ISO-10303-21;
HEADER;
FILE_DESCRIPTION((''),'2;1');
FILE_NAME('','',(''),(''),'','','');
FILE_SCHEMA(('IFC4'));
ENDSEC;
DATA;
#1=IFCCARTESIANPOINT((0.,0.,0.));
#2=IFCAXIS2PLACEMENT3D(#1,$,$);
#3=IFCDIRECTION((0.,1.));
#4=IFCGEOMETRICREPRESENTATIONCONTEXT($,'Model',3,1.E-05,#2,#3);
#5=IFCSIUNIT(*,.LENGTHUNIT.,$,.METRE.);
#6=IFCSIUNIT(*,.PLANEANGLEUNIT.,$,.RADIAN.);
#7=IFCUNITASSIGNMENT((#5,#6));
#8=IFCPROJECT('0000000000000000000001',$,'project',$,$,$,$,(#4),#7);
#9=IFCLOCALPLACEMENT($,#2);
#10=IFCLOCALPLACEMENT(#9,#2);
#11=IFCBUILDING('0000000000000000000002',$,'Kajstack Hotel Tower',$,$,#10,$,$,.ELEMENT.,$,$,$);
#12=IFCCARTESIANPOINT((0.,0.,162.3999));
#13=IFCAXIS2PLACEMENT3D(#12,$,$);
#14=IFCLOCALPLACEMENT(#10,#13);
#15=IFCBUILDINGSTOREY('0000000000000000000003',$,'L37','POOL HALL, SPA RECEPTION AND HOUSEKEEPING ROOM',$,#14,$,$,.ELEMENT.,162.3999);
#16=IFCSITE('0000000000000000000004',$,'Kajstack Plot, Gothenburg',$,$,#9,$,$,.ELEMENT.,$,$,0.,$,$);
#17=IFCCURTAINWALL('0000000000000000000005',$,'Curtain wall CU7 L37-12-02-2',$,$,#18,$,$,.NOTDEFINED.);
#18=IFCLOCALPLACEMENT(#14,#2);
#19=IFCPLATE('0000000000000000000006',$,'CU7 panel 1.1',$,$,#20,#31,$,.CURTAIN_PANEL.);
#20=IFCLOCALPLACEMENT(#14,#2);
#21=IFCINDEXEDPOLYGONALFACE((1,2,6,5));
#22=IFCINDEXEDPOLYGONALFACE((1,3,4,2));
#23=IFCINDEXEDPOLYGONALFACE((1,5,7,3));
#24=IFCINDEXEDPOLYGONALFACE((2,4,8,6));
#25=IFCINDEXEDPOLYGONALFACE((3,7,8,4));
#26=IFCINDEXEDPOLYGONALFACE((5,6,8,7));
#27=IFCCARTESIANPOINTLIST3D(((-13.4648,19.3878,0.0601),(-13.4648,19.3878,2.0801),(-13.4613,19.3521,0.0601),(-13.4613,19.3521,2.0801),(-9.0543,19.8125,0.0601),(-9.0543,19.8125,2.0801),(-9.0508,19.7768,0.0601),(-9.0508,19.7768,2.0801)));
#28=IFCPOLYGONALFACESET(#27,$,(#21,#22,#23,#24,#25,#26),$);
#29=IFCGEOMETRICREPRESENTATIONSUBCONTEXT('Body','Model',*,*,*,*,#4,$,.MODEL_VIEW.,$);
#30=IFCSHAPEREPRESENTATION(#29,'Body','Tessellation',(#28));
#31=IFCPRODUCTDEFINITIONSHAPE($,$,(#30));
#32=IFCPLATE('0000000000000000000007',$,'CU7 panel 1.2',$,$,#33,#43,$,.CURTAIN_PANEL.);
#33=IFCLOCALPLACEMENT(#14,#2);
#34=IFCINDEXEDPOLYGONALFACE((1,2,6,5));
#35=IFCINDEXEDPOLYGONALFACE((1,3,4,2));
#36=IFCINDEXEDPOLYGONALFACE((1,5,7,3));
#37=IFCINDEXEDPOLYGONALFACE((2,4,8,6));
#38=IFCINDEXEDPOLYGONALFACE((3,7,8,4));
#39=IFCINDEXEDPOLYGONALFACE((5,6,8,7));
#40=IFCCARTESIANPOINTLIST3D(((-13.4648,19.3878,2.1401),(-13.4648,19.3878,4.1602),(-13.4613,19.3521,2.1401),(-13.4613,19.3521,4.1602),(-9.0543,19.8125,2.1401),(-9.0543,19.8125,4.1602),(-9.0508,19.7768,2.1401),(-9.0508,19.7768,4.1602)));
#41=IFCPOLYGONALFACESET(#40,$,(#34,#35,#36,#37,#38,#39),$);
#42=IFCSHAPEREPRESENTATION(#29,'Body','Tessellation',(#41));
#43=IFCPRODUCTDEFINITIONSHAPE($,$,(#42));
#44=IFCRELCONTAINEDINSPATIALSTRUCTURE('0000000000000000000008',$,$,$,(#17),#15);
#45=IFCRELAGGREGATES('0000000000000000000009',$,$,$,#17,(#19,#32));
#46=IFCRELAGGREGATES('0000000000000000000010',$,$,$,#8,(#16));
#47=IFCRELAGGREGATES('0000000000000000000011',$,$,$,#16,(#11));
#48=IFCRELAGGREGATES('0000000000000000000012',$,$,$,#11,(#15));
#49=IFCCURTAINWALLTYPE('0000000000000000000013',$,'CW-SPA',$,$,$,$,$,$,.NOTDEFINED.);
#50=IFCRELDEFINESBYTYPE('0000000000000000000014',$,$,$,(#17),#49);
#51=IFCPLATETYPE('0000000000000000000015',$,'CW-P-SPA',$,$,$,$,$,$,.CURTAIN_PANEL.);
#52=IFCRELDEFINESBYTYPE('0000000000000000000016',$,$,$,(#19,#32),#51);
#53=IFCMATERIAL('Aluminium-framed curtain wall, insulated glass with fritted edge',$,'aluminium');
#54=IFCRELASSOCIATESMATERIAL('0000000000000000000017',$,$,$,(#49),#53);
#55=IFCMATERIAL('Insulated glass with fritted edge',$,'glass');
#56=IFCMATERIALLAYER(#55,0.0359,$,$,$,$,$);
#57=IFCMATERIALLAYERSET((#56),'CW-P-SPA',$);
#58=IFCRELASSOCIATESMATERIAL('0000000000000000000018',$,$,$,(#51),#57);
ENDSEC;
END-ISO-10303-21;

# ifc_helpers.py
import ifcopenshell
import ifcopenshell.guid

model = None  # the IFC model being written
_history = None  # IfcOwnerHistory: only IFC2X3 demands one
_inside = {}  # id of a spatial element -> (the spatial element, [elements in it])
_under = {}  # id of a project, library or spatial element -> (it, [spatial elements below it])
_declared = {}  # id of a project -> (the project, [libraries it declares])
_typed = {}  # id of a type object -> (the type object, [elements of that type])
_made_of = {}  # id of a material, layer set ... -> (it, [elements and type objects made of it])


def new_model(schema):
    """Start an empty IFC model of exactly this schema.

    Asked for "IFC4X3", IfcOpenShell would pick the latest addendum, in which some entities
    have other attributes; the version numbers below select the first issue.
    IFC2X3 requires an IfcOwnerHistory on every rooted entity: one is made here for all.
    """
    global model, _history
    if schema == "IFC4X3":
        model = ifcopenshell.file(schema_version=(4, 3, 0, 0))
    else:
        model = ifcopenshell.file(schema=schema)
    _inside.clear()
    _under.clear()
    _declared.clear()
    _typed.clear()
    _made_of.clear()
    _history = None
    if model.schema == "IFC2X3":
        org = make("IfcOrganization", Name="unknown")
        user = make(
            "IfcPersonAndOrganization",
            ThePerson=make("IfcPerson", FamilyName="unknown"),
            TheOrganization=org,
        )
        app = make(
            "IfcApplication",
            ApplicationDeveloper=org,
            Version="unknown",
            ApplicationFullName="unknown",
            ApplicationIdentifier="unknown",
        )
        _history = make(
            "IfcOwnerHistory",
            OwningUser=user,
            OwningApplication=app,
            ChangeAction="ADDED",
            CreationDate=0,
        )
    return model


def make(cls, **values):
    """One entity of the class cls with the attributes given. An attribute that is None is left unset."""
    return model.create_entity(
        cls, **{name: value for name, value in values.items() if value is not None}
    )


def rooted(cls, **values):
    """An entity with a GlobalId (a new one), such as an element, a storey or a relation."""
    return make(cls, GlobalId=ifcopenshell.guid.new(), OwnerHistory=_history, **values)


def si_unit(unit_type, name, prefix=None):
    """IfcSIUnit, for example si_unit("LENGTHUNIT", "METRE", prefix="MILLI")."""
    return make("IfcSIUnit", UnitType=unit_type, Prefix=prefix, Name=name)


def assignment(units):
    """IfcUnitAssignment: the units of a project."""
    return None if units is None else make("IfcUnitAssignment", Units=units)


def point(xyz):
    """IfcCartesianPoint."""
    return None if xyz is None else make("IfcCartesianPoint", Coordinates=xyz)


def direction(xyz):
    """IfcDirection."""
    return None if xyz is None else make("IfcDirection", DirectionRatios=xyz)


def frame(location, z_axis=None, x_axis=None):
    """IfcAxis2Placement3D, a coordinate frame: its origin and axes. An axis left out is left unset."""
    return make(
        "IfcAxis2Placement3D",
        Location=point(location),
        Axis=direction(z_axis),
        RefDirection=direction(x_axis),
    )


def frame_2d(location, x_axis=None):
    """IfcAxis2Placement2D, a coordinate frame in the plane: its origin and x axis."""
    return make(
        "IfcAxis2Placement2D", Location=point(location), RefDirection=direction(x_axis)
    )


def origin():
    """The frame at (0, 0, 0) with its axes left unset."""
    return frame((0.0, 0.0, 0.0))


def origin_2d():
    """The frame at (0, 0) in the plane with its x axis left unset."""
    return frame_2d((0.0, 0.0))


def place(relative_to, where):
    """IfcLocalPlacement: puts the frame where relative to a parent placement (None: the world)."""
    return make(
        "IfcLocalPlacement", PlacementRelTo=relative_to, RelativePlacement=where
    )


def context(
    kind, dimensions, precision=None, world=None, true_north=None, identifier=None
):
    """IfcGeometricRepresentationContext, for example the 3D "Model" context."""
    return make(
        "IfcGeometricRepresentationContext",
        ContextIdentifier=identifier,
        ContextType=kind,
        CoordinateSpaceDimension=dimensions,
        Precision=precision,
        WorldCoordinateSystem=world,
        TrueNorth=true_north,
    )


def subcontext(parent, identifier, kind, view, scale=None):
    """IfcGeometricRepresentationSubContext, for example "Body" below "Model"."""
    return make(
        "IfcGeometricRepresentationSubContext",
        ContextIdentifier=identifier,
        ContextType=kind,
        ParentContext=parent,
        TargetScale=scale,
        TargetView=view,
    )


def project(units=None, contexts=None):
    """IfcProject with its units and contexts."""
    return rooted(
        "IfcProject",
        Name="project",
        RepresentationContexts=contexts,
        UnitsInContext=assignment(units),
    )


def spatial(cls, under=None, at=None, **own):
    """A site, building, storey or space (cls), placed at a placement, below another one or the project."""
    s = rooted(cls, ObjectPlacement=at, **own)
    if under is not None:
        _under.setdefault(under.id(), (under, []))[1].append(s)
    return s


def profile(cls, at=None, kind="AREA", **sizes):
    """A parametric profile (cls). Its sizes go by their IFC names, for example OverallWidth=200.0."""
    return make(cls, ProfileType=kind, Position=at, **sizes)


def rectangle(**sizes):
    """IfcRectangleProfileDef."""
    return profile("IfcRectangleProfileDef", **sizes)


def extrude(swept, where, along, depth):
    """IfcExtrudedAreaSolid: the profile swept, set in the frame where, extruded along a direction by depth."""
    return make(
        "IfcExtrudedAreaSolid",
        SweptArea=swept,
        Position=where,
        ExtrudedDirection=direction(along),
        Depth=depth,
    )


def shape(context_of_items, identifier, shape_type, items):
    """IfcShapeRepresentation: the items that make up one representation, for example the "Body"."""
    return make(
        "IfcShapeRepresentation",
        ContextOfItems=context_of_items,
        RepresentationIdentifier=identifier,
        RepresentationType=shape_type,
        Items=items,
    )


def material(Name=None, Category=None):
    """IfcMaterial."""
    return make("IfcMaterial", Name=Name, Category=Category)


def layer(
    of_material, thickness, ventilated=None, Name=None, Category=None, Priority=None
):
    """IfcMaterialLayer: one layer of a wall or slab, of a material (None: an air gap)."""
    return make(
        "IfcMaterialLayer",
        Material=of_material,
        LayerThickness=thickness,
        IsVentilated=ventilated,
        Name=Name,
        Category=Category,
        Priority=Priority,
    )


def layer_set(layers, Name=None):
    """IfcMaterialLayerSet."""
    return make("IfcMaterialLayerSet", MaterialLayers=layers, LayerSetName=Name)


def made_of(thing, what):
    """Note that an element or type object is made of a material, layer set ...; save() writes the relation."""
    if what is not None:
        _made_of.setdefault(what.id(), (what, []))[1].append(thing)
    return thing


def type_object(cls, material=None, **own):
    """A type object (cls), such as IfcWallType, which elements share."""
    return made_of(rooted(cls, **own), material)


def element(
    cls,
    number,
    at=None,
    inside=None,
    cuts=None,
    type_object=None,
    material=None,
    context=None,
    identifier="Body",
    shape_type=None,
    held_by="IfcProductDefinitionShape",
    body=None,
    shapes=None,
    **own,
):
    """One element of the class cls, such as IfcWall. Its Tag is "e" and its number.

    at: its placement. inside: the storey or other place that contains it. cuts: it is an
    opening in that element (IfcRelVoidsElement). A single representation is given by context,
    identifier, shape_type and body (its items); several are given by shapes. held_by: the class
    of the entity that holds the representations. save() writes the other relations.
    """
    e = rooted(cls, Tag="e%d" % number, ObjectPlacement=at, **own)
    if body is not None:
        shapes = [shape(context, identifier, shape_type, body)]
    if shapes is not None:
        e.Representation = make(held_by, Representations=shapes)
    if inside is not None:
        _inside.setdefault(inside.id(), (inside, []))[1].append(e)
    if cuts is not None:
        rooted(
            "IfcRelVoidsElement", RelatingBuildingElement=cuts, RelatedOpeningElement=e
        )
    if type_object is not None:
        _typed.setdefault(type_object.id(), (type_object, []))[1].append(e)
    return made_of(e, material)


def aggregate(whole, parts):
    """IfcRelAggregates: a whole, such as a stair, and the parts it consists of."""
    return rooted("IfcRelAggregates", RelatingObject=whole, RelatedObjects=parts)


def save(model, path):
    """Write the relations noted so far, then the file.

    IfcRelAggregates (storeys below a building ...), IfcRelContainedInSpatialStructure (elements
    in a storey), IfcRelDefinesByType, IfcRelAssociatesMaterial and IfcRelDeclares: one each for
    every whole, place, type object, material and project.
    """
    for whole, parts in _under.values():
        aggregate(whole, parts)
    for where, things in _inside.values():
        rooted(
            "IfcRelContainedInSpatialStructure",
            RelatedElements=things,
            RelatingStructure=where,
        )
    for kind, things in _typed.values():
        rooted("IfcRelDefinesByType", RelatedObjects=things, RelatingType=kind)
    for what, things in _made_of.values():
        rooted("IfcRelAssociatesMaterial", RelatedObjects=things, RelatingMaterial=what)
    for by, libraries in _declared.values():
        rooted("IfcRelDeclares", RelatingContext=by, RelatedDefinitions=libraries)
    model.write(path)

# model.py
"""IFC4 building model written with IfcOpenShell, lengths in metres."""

from ifc_helpers import new_model, si_unit, direction, frame, origin, origin_2d, place, context, subcontext, project, spatial, rectangle, extrude, material, layer, layer_set, type_object, element, aggregate, save


model = new_model("IFC4")

# Units and contexts
model_context = context("Model", 3, precision=1e-05, world=origin(), true_north=direction((0.0, 1.0)))
body_context = subcontext(model_context, "Body", "Model", "MODEL_VIEW")
ifc_project = project(units=[si_unit("LENGTHUNIT", "METRE"), si_unit("PLANEANGLEUNIT", "RADIAN")], contexts=[model_context])

# Site, building, storey
site_placement = place(None, origin())
site = spatial("IfcSite", under=ifc_project, at=site_placement, Name="Kajstack Plot, Gothenburg", CompositionType="ELEMENT", RefElevation=0.0)
building_placement = place(site_placement, origin())
building = spatial("IfcBuilding", under=site, at=building_placement, Name="Kajstack Hotel Tower", CompositionType="ELEMENT")
storey_placement = place(building_placement, frame((0.0, 0.0, 162.3999)))
storey = spatial("IfcBuildingStorey", under=building, at=storey_placement, Name="L37", Description="POOL HALL, SPA RECEPTION AND HOUSEKEEPING ROOM", CompositionType="ELEMENT", Elevation=162.3999)

# Curtain wall
ifc_material_1 = material(Name="Aluminium-framed curtain wall, insulated glass with fritted edge", Category="aluminium")
curtain_wall_type = type_object("IfcCurtainWallType", Name="CW-SPA", PredefinedType="NOTDEFINED", material=ifc_material_1)
curtain_wall_1_placement = place(storey_placement, origin())
curtain_wall_1 = element("IfcCurtainWall", 1, at=curtain_wall_1_placement, inside=storey, type_object=curtain_wall_type, Name="Curtain wall CU7 L37-12-02-2", PredefinedType="NOTDEFINED")

# Plates
ifc_material_2 = material(Name="Insulated glass with fritted edge", Category="glass")
ifc_layer = layer(ifc_material_2, 0.0359)
ifc_layer_set = layer_set([ifc_layer], Name="CW-P-SPA")
plate_type = type_object("IfcPlateType", Name="CW-P-SPA", PredefinedType="CURTAIN_PANEL", material=ifc_layer_set)
plate_1_placement = place(storey_placement, frame((-11.2578, 19.5823, 0.0601), z_axis=(0.0, 0.0, 1.0), x_axis=(-0.995396, -0.095845, 0.0)))
plate_1 = element("IfcPlate", 2, at=plate_1_placement, type_object=plate_type, Name="CU7 panel 1.1", PredefinedType="CURTAIN_PANEL", context=body_context, shape_type="SweptSolid", body=[
    extrude(rectangle(XDim=4.4309, YDim=0.0359, at=origin_2d()), origin(), (0.0, 0.0, 1.0), 2.02),
])
plate_2_placement = place(storey_placement, frame((-11.2578, 19.5823, 2.1401), z_axis=(0.0, 0.0, 1.0), x_axis=(-0.995396, -0.095845, 0.0)))
plate_2 = element("IfcPlate", 3, at=plate_2_placement, type_object=plate_type, Name="CU7 panel 1.2", PredefinedType="CURTAIN_PANEL", context=body_context, shape_type="SweptSolid", body=[
    extrude(rectangle(XDim=4.4309, YDim=0.0359, at=origin_2d()), origin(), (0.0, 0.0, 1.0), 2.02),
])
aggregate(curtain_wall_1, [plate_1, plate_2])

save(model, "model.ifc")
